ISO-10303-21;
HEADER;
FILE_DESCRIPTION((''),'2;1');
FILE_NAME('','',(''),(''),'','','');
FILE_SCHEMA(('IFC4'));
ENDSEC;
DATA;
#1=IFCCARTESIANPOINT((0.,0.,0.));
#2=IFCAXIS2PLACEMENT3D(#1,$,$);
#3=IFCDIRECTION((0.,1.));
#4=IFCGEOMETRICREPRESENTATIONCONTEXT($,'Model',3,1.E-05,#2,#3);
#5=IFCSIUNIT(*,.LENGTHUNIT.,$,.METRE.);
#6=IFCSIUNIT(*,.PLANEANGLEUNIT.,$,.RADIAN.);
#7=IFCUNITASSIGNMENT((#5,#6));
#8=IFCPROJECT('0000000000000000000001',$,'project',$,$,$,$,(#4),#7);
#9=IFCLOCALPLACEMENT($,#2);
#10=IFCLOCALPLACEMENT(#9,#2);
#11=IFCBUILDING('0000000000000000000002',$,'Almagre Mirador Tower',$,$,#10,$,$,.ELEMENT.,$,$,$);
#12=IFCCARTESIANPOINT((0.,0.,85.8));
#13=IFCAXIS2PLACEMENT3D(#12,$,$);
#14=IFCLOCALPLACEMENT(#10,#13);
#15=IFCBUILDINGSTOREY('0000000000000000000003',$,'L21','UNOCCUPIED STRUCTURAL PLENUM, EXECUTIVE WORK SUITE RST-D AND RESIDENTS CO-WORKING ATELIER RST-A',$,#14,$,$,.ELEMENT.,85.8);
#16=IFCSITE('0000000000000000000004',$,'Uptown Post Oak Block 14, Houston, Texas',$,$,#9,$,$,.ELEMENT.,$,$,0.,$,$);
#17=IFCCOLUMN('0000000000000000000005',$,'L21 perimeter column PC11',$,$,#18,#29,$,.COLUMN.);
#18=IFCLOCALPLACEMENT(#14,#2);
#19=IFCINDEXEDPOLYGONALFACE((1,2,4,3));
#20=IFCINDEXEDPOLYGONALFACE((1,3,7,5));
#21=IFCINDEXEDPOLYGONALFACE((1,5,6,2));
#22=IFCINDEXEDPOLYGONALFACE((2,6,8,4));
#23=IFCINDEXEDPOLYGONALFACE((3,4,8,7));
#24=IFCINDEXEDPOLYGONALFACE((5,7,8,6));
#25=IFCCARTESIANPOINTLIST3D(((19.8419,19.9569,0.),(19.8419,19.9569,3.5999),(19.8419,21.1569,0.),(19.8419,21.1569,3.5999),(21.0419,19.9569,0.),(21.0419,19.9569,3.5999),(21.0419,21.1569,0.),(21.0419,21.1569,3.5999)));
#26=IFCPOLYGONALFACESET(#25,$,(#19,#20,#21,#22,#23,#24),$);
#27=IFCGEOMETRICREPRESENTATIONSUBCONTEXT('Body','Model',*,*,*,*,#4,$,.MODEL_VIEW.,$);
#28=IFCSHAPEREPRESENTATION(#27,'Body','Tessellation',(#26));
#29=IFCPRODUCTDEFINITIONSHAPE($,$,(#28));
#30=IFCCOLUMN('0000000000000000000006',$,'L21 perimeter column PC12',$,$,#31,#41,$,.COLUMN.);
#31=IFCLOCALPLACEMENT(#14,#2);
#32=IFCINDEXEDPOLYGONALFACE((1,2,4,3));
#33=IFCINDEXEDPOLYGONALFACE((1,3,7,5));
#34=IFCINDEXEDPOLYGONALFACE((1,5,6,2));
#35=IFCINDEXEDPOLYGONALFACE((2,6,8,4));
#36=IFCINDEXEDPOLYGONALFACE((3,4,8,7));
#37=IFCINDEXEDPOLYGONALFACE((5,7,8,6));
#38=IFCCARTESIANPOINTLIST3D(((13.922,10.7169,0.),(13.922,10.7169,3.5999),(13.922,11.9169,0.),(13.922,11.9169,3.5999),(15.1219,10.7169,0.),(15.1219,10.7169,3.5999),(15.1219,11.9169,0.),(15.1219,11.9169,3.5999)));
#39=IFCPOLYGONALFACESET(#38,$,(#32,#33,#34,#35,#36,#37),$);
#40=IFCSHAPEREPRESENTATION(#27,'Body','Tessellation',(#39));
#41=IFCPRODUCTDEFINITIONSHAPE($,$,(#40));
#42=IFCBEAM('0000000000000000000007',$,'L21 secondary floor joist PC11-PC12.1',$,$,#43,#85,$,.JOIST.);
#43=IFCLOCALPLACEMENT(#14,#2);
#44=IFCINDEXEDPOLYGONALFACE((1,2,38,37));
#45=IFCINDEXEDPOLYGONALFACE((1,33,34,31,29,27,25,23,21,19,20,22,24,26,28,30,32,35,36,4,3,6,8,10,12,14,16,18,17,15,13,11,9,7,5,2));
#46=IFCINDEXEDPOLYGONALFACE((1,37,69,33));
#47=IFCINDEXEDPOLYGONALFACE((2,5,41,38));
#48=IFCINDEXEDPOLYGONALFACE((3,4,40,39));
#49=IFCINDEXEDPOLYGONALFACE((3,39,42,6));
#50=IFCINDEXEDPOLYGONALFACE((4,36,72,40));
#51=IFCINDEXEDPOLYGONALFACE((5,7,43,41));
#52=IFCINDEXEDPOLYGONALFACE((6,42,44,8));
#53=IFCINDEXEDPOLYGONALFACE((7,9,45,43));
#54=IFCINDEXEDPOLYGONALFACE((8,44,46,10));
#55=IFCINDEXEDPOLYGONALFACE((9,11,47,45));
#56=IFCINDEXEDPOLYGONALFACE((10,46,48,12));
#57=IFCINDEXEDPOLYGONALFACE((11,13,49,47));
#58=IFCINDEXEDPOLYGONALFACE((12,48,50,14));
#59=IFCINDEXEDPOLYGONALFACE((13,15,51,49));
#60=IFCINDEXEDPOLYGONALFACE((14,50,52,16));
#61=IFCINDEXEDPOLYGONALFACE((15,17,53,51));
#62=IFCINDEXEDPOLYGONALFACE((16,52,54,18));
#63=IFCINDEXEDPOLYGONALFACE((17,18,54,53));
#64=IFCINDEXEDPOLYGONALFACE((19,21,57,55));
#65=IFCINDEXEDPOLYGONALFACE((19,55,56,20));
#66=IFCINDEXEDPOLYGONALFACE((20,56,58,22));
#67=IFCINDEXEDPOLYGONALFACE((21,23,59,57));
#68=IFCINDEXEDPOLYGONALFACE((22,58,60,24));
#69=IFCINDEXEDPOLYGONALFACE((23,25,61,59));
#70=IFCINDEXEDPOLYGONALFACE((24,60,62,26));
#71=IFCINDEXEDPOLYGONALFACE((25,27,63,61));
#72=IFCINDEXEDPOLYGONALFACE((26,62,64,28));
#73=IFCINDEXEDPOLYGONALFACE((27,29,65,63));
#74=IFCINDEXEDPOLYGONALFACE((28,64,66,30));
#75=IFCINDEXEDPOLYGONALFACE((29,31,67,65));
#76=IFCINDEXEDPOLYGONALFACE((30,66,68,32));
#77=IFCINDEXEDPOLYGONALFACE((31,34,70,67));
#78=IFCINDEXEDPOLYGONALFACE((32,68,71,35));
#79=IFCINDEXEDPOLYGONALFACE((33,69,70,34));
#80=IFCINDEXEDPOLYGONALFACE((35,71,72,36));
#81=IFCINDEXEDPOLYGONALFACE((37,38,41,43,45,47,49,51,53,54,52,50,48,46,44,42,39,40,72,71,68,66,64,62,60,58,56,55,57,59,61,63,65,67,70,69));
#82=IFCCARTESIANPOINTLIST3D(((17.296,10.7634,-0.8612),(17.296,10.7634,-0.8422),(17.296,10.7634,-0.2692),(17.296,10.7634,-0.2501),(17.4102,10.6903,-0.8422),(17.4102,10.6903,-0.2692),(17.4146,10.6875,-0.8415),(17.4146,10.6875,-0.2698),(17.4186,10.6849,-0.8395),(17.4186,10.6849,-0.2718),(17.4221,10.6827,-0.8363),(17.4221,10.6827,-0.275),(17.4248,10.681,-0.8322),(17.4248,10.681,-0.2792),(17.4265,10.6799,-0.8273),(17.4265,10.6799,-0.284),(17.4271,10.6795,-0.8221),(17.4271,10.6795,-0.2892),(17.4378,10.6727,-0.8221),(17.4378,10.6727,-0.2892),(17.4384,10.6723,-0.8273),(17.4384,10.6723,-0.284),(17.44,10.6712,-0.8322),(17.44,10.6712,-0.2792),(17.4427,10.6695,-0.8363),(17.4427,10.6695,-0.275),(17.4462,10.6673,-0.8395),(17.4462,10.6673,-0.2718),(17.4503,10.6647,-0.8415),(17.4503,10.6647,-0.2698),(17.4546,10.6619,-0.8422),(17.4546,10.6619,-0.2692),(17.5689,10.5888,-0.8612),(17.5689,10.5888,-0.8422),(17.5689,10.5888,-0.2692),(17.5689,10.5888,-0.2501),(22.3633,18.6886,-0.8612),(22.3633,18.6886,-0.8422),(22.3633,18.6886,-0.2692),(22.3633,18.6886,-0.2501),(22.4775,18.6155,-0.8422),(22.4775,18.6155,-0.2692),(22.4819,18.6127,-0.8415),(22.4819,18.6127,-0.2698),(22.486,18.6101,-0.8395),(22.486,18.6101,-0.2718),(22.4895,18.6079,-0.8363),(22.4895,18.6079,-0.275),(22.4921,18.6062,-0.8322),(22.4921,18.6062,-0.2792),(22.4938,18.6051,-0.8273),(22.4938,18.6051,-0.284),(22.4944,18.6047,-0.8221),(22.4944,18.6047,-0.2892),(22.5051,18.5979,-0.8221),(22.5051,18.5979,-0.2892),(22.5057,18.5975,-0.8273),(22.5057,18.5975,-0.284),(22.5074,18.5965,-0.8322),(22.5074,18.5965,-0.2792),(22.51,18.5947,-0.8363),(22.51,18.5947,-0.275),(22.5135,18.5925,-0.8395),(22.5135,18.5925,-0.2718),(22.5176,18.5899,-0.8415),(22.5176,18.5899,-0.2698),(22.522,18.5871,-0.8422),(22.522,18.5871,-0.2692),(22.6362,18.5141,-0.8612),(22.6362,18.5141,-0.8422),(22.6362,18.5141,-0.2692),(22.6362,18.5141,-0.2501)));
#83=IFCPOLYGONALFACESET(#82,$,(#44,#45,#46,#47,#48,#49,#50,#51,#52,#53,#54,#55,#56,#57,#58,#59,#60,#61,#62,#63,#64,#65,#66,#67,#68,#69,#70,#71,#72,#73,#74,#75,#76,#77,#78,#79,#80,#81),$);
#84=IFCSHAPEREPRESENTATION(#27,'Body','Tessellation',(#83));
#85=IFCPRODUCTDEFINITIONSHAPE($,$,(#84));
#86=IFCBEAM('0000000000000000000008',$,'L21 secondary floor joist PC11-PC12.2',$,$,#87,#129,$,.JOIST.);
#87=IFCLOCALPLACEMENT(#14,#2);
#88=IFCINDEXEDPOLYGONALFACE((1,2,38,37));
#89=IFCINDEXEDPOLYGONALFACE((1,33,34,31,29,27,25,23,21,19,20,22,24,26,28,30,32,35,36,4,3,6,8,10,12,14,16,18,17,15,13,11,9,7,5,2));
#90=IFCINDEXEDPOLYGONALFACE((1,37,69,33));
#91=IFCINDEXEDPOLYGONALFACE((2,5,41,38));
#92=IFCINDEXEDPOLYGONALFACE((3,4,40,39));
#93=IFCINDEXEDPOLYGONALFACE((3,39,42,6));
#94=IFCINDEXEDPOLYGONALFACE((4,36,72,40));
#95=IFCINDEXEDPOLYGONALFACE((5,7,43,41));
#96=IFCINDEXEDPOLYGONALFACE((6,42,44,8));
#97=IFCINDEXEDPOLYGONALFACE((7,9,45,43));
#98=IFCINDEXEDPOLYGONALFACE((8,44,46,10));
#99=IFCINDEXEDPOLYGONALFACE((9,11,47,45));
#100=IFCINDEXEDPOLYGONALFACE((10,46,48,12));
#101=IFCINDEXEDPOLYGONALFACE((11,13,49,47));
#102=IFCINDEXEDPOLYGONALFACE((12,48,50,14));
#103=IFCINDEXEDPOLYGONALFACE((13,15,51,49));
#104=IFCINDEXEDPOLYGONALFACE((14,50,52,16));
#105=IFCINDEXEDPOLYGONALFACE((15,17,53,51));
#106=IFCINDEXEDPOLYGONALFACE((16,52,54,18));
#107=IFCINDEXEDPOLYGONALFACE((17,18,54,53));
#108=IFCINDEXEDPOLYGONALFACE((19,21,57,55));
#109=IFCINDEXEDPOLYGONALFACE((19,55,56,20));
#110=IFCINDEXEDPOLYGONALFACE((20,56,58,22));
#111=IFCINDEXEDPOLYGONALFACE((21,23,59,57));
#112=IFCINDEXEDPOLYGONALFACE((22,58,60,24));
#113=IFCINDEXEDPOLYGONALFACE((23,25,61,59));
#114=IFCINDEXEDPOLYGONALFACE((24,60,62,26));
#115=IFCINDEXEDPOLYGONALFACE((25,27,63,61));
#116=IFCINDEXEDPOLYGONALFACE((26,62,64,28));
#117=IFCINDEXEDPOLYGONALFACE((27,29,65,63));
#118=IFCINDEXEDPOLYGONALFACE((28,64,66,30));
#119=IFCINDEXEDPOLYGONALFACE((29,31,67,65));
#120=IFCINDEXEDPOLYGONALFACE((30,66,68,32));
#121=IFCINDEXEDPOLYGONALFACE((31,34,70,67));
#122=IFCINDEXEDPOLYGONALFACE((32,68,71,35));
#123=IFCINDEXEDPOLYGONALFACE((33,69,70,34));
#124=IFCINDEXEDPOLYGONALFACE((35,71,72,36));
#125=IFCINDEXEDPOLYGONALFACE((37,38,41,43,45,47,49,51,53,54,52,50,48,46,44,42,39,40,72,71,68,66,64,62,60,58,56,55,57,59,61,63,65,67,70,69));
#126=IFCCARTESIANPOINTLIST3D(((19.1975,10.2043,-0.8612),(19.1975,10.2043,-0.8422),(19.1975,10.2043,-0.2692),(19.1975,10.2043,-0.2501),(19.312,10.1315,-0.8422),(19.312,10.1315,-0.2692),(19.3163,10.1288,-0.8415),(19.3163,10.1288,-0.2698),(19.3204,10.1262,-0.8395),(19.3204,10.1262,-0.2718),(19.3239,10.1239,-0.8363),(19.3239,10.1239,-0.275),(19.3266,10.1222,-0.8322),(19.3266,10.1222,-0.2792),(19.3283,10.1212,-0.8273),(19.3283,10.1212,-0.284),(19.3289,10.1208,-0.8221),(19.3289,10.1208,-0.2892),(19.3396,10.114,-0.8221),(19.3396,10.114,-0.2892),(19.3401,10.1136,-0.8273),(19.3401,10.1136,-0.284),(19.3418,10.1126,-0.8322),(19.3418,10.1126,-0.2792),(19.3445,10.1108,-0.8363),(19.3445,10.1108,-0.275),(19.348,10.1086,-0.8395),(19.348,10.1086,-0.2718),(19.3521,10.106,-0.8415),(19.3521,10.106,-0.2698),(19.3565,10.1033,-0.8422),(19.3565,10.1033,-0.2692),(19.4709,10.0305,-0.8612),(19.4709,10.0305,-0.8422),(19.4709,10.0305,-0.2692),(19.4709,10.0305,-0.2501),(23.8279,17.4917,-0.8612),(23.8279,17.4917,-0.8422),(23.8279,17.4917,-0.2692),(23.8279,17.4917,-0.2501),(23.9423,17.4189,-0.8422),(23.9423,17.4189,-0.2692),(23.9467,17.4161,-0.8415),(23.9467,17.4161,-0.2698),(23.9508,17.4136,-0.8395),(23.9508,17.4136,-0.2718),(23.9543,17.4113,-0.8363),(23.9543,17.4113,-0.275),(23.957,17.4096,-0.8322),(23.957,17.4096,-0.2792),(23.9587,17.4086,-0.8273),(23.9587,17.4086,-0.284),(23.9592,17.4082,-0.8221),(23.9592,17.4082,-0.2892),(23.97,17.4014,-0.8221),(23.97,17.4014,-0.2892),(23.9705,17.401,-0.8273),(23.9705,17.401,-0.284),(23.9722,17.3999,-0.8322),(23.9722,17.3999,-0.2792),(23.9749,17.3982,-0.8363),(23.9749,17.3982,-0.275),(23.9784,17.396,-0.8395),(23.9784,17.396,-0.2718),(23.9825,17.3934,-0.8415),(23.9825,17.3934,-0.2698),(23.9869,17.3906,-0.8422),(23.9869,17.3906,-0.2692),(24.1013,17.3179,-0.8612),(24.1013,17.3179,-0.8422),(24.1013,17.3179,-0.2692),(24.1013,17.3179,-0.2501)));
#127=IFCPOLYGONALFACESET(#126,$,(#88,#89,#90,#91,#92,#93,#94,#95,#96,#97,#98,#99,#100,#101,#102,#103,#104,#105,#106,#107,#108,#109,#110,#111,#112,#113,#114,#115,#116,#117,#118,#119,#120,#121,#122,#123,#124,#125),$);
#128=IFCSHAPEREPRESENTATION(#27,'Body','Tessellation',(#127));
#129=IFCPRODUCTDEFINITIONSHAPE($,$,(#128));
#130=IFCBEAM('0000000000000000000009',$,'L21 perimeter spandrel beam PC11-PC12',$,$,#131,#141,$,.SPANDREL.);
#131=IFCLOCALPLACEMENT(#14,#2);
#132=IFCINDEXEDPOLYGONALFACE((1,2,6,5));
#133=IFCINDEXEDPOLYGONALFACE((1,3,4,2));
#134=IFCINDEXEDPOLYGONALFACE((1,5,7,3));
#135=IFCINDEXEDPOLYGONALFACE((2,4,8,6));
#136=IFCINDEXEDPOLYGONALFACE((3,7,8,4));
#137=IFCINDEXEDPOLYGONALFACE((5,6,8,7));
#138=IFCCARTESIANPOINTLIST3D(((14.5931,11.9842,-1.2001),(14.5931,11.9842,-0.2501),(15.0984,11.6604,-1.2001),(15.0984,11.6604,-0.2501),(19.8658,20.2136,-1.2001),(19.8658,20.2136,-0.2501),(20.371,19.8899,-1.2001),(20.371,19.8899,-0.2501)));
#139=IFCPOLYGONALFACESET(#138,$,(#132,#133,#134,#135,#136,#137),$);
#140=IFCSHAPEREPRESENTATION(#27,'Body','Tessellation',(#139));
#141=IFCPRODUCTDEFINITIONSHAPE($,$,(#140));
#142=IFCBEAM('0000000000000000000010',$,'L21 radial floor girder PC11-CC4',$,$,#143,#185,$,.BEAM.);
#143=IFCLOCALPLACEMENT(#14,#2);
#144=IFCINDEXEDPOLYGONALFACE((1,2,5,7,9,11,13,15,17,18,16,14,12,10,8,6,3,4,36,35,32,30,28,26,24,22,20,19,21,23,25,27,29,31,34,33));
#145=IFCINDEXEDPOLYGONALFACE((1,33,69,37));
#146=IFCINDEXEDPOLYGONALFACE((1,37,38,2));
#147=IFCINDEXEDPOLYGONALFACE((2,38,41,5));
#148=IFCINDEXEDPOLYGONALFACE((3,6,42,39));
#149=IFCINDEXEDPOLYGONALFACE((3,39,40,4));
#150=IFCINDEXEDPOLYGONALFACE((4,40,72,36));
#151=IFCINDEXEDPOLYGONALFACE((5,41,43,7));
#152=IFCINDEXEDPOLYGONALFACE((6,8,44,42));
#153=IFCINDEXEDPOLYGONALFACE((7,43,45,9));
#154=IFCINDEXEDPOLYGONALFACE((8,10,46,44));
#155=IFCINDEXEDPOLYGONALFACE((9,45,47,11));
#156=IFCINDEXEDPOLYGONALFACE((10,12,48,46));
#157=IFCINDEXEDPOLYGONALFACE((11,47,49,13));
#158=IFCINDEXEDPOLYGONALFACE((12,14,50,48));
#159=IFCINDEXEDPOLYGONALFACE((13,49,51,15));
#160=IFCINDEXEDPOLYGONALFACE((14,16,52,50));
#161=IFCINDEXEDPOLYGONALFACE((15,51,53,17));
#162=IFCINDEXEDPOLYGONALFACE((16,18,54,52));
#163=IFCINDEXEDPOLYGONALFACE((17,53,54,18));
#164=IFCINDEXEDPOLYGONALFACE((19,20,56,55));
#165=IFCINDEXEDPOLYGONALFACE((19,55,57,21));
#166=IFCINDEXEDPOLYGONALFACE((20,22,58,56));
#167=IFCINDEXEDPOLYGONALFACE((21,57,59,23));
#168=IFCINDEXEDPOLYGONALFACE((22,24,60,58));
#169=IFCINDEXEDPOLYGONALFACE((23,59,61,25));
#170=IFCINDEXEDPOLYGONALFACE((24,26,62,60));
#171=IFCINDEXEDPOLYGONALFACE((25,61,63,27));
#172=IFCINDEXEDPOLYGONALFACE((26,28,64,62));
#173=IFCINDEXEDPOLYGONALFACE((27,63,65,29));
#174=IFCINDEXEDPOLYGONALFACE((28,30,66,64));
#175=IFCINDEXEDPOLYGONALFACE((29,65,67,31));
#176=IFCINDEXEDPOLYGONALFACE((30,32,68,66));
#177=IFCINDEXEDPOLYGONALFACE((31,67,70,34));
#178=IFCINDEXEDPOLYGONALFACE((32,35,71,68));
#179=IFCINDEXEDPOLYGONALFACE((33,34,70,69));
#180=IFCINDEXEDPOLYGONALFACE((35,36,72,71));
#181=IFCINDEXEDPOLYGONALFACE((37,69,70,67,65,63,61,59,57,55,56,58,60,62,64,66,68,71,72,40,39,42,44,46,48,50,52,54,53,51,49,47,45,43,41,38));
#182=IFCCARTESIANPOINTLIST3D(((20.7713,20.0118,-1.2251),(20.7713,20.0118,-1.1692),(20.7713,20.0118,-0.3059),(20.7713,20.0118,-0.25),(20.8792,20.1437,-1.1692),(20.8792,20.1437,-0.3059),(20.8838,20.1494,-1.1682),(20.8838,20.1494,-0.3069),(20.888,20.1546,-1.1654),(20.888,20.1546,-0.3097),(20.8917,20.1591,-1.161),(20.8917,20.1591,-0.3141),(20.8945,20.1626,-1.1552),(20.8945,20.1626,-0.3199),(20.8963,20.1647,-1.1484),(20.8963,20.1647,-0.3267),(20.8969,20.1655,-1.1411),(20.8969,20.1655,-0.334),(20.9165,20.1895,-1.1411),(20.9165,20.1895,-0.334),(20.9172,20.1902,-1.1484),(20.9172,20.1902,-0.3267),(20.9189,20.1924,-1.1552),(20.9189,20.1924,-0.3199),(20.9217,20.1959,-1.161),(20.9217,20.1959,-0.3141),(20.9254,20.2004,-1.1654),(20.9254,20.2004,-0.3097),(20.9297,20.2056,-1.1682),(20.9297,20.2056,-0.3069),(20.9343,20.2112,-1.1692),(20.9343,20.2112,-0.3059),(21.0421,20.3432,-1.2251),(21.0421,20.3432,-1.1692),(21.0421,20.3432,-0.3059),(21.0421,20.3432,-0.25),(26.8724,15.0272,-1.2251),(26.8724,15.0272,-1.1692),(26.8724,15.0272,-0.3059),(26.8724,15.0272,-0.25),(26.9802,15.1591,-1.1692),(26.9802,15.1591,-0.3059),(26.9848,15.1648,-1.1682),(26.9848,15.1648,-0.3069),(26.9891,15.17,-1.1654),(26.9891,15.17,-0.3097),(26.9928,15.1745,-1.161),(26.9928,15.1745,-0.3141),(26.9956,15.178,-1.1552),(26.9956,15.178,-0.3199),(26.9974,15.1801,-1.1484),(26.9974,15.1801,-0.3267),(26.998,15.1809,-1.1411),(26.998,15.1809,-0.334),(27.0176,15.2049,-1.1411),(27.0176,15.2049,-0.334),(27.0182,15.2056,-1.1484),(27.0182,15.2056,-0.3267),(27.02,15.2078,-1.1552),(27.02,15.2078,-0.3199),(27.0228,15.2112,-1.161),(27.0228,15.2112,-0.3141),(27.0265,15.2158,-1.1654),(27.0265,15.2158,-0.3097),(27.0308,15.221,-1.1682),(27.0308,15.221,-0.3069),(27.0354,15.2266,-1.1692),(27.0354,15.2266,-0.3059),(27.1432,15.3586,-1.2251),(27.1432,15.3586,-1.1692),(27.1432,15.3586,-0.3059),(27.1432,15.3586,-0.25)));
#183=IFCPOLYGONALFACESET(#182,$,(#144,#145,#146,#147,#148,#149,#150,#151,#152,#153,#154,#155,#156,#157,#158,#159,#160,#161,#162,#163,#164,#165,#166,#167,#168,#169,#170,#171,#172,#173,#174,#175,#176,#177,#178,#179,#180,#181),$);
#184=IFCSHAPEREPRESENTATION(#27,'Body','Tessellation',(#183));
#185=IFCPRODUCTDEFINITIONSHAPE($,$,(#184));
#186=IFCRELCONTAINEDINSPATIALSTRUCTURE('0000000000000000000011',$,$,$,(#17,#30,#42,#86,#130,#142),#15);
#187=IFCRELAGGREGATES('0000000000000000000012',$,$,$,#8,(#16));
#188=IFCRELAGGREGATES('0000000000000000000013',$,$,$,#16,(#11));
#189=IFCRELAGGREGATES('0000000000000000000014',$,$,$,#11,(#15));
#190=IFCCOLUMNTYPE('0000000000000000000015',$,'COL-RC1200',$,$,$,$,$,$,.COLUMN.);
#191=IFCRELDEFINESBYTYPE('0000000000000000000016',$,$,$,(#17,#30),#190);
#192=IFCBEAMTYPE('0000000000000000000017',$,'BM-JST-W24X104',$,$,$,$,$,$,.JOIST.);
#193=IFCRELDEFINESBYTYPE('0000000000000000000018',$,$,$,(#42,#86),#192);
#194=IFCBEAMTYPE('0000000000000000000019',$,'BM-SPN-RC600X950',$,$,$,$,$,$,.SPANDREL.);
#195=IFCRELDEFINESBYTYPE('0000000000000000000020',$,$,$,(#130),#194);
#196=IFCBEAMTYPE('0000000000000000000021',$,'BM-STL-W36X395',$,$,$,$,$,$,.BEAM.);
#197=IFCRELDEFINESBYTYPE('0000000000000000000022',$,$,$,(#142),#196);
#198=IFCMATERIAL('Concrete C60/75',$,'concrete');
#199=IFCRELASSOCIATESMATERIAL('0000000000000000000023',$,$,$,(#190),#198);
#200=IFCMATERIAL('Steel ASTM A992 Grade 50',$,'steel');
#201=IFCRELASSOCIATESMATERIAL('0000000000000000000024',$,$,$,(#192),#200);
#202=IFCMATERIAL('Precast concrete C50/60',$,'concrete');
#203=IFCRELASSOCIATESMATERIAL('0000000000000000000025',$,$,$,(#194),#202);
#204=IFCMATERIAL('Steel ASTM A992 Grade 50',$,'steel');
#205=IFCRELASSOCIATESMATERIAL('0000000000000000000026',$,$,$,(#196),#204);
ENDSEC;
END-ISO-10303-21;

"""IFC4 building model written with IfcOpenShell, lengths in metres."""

from ifc_helpers import new_model, si_unit, direction, frame, origin, origin_2d, place, context, subcontext, project, spatial, rectangle, i_section, extrude, material, material_profile, profile_set, type_object, element, save


model = new_model("IFC4")

# Units and contexts
model_context = context("Model", 3, precision=1e-05, world=origin(), true_north=direction((0.0, 1.0)))
body_context = subcontext(model_context, "Body", "Model", "MODEL_VIEW")
ifc_project = project(units=[si_unit("LENGTHUNIT", "METRE"), si_unit("PLANEANGLEUNIT", "RADIAN")], contexts=[model_context])

# Site, building, storey
site_placement = place(None, origin())
site = spatial("IfcSite", under=ifc_project, at=site_placement, Name="Uptown Post Oak Block 14, Houston, Texas", CompositionType="ELEMENT", RefElevation=0.0)
building_placement = place(site_placement, origin())
building = spatial("IfcBuilding", under=site, at=building_placement, Name="Almagre Mirador Tower", CompositionType="ELEMENT")
storey_placement = place(building_placement, frame((0.0, 0.0, 85.8)))
storey = spatial("IfcBuildingStorey", under=building, at=storey_placement, Name="L21", Description="UNOCCUPIED STRUCTURAL PLENUM, EXECUTIVE WORK SUITE RST-D AND RESIDENTS CO-WORKING ATELIER RST-A", CompositionType="ELEMENT", Elevation=85.8)

# Columns
ifc_material_1 = material(Name="Concrete C60/75", Category="concrete")
ifc_material_profile_1 = material_profile(ifc_material_1, rectangle(XDim=1.2, YDim=1.2, at=origin_2d()), Name="RC1200X1200")
ifc_profile_set_1 = profile_set([ifc_material_profile_1], Name="Concrete C60/75")
column_type = type_object("IfcColumnType", Name="COL-RC1200", PredefinedType="COLUMN", material=ifc_profile_set_1)
for number, where, z_axis, x_axis, name in (
    (1, (20.4419, 20.5569, 0.0), (0.0, 0.0, 1.0), (1.0, 0.0, 0.0), "L21 perimeter column PC11"),
    (2, (14.522, 11.3169, 0.0), (0.0, 0.0, 1.0), (1.0, 0.0, 0.0), "L21 perimeter column PC12"),
):
    element("IfcColumn", number, at=place(storey_placement, frame(where, z_axis=z_axis, x_axis=x_axis)), inside=storey, type_object=column_type, Name=name, PredefinedType="COLUMN", context=body_context, shape_type="SweptSolid", body=[
        extrude(rectangle(XDim=1.2, YDim=1.2, at=origin_2d()), origin(), (0.0, 0.0, 1.0), 3.5999),
    ])

# Beams
ifc_material_2 = material(Name="Steel ASTM A992 Grade 50", Category="steel")
ifc_material_profile_2 = material_profile(ifc_material_2, i_section(OverallWidth=0.324, OverallDepth=0.6111, WebThickness=0.0127, FlangeThickness=0.019, FilletRadius=0.02, at=origin_2d()), Name="W24X104")
ifc_profile_set_2 = profile_set([ifc_material_profile_2], Name="Steel ASTM A992 Grade 50")
beam_type_1 = type_object("IfcBeamType", Name="BM-JST-W24X104", PredefinedType="JOIST", material=ifc_profile_set_2)
beam_1_placement = place(storey_placement, frame((22.4998, 18.6013, -0.5557), z_axis=(-0.538691, -0.842503, 0.0), x_axis=(0.842503, -0.538691, 0.0)))
element("IfcBeam", 3, at=beam_1_placement, inside=storey, type_object=beam_type_1, Name="L21 secondary floor joist PC11-PC12.1", PredefinedType="JOIST", context=body_context, shape_type="SweptSolid", body=[
    extrude(i_section(OverallWidth=0.324, OverallDepth=0.6111, WebThickness=0.0127, FlangeThickness=0.019, FilletRadius=0.02, at=origin_2d()), origin(), (0.0, 0.0, 1.0), 9.4067),
])
beam_2_placement = place(storey_placement, frame((23.9646, 17.4048, -0.5557), z_axis=(-0.536295, -0.84403, 0.0), x_axis=(0.84403, -0.536295, 0.0)))
element("IfcBeam", 4, at=beam_2_placement, inside=storey, type_object=beam_type_1, Name="L21 secondary floor joist PC11-PC12.2", PredefinedType="JOIST", context=body_context, shape_type="SweptSolid", body=[
    extrude(i_section(OverallWidth=0.324, OverallDepth=0.6111, WebThickness=0.0127, FlangeThickness=0.019, FilletRadius=0.02, at=origin_2d()), origin(), (0.0, 0.0, 1.0), 8.634),
])
ifc_material_3 = material(Name="Precast concrete C50/60", Category="concrete")
ifc_material_profile_3 = material_profile(ifc_material_3, rectangle(XDim=0.6001, YDim=0.95, at=origin_2d()), Name="RC600X950")
ifc_profile_set_3 = profile_set([ifc_material_profile_3], Name="Precast concrete C50/60")
beam_type_2 = type_object("IfcBeamType", Name="BM-SPN-RC600X950", PredefinedType="SPANDREL", material=ifc_profile_set_3)
beam_3_placement = place(storey_placement, frame((20.1184, 20.0518, -0.7251), z_axis=(-0.539477, -0.842, 0.0), x_axis=(0.842, -0.539477, 0.0)))
element("IfcBeam", 5, at=beam_3_placement, inside=storey, type_object=beam_type_2, Name="L21 perimeter spandrel beam PC11-PC12", PredefinedType="SPANDREL", context=body_context, shape_type="SweptSolid", body=[
    extrude(rectangle(XDim=0.6001, YDim=0.95, at=origin_2d()), origin(), (0.0, 0.0, 1.0), 9.7737),
])
ifc_material_4 = material(Name="Steel ASTM A992 Grade 50", Category="steel")
ifc_material_profile_4 = material_profile(ifc_material_4, i_section(OverallWidth=0.428, OverallDepth=0.9751, WebThickness=0.031, FlangeThickness=0.0559, FilletRadius=0.0281, at=origin_2d()), Name="W36X395")
ifc_profile_set_4 = profile_set([ifc_material_profile_4], Name="Steel ASTM A992 Grade 50")
beam_type_3 = type_object("IfcBeamType", Name="BM-STL-W36X395", PredefinedType="BEAM", material=ifc_profile_set_4)
beam_4_placement = place(storey_placement, frame((20.9067, 20.1775, -0.7375), z_axis=(0.774403, -0.632693, 0.0), x_axis=(0.632693, 0.774403, 0.0)))
element("IfcBeam", 6, at=beam_4_placement, inside=storey, type_object=beam_type_3, Name="L21 radial floor girder PC11-CC4", PredefinedType="BEAM", context=body_context, shape_type="SweptSolid", body=[
    extrude(i_section(OverallWidth=0.428, OverallDepth=0.9751, WebThickness=0.031, FlangeThickness=0.0559, FilletRadius=0.0281, at=origin_2d()), origin(), (0.0, 0.0, 1.0), 7.8784),
])

save(model, "model.ifc")
